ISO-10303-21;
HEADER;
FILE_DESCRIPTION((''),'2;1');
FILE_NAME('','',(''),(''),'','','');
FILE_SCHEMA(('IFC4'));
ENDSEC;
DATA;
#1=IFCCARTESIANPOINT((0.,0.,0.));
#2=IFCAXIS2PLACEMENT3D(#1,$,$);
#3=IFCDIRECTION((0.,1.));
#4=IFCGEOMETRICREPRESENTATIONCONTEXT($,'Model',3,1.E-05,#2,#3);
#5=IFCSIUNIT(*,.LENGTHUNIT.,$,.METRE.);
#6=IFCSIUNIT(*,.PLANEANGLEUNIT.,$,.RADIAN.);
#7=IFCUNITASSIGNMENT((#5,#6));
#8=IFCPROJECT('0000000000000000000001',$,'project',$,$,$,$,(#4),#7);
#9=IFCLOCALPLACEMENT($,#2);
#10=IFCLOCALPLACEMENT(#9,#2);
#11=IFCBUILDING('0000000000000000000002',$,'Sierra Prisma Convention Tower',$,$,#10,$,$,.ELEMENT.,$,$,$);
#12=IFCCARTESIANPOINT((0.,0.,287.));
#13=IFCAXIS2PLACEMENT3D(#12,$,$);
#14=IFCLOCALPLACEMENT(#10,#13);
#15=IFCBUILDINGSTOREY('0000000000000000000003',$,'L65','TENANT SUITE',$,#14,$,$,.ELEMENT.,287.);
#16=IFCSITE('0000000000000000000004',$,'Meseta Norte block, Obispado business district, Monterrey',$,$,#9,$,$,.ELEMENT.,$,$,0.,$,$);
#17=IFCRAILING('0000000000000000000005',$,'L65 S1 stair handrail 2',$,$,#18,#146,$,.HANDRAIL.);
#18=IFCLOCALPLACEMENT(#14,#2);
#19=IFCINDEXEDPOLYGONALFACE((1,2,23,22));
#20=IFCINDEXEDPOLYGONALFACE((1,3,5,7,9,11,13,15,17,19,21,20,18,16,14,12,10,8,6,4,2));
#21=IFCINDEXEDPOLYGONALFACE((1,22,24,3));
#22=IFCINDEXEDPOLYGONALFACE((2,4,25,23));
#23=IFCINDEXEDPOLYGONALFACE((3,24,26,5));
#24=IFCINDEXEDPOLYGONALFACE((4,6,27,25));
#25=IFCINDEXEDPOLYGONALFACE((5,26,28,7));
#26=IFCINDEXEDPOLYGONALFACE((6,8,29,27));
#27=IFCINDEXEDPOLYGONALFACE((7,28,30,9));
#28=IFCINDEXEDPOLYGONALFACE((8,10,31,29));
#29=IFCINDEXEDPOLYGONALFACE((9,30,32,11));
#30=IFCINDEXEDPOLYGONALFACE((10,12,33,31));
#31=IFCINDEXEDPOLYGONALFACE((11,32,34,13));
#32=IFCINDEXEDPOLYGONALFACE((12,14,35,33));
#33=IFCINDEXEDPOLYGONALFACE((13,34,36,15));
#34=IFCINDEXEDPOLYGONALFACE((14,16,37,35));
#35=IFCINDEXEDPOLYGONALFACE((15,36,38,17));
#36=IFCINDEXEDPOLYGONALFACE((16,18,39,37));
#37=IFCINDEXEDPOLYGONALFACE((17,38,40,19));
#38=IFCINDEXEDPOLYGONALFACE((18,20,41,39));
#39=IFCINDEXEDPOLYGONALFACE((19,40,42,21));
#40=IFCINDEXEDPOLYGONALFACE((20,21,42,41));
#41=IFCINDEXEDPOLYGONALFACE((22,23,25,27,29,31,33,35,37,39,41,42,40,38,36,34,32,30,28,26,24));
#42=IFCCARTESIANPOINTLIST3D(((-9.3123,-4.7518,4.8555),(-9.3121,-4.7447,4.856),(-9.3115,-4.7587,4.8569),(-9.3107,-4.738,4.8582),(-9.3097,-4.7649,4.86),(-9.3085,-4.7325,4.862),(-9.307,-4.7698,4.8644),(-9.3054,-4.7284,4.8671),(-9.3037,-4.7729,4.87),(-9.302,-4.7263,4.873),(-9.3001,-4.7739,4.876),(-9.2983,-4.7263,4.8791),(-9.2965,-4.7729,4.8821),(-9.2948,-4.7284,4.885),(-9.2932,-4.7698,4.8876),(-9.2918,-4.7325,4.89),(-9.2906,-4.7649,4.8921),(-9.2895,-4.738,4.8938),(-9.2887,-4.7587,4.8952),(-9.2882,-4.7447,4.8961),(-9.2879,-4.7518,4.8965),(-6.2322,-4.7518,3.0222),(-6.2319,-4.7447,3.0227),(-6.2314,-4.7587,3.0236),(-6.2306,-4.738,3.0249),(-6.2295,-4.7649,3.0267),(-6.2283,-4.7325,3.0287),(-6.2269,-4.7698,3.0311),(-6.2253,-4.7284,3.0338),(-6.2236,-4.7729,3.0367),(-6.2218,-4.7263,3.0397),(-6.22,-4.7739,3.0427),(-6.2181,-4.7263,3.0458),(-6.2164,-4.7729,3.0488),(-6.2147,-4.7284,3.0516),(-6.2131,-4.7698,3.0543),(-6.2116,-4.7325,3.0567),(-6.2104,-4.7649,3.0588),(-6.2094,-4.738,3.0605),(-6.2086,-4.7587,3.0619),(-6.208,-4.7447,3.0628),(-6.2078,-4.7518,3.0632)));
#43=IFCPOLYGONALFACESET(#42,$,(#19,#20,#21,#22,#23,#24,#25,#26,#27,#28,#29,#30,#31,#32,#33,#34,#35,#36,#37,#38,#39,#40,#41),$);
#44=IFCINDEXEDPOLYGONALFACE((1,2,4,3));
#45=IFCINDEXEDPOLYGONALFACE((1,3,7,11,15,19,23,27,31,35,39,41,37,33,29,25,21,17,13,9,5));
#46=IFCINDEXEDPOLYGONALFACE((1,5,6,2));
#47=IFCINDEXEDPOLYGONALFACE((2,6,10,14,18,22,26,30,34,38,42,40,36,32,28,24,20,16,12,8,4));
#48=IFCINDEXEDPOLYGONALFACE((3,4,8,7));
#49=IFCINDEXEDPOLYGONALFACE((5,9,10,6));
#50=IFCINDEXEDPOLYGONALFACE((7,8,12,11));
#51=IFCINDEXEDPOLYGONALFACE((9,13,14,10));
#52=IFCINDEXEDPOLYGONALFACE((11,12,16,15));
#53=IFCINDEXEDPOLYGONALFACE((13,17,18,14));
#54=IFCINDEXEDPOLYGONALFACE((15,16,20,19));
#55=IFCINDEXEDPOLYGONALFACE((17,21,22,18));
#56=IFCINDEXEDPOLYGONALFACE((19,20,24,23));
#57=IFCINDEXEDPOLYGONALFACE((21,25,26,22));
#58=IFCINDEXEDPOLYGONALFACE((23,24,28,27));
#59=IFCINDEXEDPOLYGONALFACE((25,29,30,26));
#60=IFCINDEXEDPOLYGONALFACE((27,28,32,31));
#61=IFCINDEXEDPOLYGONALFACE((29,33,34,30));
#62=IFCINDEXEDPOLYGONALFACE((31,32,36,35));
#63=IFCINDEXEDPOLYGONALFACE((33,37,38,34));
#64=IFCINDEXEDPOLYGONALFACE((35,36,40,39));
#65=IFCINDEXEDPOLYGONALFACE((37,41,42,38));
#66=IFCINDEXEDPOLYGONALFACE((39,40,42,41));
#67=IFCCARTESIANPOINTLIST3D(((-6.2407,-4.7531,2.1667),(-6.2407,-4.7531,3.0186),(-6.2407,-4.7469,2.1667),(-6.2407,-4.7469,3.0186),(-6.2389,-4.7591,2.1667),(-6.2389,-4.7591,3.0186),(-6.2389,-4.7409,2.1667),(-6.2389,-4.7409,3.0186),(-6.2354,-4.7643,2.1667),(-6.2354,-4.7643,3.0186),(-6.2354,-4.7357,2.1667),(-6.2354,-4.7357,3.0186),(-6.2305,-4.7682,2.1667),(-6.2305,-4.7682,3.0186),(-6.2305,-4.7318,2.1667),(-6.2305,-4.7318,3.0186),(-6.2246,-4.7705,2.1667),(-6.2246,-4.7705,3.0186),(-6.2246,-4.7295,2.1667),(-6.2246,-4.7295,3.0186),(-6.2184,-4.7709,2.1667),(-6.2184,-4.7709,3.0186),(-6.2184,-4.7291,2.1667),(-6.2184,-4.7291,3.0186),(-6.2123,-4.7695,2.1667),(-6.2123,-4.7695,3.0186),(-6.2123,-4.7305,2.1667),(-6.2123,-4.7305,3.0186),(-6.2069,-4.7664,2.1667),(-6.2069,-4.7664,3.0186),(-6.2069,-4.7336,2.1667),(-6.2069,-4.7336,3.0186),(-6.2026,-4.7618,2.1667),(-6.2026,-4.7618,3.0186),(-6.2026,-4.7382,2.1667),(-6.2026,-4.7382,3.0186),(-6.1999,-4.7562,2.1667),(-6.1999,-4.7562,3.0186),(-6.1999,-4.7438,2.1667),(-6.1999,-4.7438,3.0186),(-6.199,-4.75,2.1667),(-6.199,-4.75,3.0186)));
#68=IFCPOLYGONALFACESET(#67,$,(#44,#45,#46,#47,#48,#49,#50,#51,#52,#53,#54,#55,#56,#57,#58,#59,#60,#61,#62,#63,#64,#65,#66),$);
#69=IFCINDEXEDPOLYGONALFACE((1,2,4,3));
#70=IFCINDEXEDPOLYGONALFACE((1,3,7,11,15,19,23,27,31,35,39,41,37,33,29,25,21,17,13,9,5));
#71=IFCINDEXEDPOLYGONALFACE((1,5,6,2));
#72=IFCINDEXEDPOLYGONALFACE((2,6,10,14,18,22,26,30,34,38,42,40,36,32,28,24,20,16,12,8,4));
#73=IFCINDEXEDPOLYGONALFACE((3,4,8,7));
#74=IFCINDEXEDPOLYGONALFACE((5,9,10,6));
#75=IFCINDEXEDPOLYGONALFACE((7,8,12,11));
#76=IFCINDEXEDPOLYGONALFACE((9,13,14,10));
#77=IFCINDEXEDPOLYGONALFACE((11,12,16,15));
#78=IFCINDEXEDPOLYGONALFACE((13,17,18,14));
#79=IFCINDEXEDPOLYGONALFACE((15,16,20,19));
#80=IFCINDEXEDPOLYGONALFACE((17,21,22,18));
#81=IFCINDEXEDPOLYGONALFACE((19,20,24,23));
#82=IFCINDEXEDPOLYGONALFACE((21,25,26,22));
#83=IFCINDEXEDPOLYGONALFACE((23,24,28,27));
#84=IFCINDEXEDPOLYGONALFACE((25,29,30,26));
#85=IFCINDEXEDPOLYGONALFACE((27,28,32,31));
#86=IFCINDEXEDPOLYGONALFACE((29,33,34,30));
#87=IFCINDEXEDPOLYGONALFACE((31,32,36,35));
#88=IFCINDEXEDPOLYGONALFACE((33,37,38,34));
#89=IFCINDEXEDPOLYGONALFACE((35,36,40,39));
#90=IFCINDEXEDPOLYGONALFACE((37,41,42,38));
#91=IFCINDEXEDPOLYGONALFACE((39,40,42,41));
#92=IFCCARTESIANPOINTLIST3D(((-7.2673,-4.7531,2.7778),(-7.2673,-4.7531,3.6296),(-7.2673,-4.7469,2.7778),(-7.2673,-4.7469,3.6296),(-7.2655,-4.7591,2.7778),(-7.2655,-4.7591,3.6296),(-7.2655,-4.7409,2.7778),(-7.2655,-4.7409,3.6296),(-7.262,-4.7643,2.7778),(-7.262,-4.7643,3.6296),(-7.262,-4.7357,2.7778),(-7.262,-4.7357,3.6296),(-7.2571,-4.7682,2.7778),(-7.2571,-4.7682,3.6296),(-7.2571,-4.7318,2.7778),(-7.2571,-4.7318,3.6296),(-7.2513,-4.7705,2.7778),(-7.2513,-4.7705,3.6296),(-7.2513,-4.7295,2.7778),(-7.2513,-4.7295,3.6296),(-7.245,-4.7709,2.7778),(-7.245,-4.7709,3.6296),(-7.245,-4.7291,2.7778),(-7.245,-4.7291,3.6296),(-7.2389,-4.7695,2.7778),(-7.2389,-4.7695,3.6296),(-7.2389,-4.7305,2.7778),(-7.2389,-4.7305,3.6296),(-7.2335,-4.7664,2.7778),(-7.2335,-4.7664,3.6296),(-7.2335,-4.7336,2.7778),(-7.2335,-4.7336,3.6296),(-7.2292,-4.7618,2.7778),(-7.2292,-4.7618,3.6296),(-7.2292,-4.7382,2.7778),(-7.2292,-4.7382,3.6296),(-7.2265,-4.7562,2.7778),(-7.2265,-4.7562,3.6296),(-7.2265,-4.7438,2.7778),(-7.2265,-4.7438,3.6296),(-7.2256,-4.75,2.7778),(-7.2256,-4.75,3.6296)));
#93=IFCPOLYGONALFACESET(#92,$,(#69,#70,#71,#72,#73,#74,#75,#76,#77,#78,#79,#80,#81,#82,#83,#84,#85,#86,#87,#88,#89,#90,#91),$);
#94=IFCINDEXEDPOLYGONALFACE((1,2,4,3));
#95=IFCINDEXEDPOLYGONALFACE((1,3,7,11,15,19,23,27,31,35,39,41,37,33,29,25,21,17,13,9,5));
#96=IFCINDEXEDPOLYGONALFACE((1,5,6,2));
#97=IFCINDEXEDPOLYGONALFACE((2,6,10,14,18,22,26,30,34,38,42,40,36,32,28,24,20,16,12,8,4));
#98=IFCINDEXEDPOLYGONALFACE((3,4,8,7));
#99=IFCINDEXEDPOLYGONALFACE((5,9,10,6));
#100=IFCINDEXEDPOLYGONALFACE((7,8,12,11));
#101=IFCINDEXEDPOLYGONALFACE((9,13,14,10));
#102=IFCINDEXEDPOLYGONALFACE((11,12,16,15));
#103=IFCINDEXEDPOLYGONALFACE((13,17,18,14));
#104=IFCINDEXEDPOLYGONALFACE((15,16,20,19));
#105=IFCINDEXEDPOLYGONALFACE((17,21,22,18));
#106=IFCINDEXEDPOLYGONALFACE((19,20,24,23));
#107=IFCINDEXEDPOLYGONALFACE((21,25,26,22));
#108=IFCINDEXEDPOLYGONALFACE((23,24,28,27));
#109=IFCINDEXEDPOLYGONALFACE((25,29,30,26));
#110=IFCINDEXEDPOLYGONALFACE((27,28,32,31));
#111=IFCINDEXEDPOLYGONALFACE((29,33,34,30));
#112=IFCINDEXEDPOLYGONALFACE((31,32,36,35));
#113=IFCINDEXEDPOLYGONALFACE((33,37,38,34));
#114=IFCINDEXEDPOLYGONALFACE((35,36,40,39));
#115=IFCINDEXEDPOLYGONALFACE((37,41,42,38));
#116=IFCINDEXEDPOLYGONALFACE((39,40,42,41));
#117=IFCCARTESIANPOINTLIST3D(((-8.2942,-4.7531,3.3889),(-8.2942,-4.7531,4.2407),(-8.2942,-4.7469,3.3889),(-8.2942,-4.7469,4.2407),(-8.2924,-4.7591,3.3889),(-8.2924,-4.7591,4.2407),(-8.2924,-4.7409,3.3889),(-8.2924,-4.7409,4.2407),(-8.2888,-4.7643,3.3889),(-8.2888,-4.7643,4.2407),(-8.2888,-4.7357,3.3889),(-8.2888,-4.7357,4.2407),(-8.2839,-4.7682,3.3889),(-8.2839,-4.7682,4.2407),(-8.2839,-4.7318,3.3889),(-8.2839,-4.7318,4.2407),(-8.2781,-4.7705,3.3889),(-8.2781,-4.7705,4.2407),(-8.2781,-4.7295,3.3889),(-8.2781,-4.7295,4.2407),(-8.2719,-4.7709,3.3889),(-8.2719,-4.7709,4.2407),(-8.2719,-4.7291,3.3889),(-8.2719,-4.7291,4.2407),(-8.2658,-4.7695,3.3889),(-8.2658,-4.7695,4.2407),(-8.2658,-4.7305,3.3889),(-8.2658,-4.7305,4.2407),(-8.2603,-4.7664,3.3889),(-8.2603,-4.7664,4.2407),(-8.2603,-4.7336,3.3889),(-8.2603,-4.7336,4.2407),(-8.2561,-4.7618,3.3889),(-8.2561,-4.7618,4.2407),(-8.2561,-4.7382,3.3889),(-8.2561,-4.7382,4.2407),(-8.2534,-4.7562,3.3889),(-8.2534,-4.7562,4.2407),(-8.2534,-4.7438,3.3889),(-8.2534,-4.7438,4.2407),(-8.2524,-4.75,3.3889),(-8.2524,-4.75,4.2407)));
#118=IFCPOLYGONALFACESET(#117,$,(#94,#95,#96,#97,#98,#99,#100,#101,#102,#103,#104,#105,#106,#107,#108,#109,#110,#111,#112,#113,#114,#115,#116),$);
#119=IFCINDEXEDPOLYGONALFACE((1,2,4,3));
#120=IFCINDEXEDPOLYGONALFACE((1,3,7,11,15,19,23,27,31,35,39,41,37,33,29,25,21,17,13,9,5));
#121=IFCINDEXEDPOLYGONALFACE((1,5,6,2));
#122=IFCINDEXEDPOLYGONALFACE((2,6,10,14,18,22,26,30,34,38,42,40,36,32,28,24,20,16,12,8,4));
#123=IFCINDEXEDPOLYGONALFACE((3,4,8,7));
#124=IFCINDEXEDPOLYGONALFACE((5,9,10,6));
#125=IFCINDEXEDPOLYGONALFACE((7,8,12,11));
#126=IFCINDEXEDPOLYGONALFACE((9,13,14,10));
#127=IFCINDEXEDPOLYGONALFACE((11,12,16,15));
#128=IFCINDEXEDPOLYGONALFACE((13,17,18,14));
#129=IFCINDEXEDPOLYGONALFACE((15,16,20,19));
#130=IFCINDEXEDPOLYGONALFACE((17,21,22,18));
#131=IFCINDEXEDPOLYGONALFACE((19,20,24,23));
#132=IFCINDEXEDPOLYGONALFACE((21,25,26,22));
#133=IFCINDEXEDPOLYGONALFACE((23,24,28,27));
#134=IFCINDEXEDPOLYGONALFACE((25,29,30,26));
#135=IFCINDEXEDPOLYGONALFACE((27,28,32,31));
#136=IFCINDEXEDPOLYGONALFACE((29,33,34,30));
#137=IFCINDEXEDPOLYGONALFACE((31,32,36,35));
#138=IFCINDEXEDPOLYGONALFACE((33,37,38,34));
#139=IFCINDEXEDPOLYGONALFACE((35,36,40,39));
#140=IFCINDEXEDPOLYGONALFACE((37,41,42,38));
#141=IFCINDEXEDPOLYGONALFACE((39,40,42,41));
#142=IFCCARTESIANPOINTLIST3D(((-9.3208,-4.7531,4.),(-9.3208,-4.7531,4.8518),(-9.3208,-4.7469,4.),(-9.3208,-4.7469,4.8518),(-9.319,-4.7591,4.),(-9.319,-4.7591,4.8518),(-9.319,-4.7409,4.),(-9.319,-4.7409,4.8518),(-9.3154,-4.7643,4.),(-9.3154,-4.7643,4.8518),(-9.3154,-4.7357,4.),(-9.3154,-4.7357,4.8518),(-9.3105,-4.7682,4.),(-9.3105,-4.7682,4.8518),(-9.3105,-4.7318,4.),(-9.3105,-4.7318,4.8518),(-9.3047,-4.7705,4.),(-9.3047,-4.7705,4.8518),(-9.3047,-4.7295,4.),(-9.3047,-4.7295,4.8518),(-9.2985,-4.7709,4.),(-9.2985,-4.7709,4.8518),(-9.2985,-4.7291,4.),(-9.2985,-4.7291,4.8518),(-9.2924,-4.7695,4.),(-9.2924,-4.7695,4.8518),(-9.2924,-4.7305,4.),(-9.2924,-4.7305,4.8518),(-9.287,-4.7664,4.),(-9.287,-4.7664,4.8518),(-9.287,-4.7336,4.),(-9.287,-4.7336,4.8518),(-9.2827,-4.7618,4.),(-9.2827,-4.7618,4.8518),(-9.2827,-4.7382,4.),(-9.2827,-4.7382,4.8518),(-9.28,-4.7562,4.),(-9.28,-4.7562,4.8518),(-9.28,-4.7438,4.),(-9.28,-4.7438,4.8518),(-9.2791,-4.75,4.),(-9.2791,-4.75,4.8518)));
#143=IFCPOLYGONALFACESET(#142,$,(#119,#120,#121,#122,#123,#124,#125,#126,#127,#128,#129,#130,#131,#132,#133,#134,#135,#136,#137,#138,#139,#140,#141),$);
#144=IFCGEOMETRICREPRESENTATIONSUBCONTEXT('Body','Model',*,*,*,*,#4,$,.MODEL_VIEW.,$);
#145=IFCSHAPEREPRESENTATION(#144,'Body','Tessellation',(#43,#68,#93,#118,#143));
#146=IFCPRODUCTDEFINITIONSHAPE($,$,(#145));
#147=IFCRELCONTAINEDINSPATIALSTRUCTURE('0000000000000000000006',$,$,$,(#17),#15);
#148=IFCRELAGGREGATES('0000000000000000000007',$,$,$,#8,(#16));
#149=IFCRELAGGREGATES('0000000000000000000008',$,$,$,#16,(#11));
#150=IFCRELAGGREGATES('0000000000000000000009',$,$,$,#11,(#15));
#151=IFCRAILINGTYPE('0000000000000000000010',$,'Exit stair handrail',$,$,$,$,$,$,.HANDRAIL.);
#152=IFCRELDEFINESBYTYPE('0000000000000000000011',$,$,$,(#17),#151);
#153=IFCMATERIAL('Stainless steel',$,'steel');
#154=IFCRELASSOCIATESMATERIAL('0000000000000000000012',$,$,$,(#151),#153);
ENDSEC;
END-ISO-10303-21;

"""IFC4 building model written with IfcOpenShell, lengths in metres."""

from ifc_helpers import new_model, si_unit, direction, frame, origin, origin_2d, place, context, subcontext, project, spatial, circle, extrude, material, type_object, element, save


model = new_model("IFC4")

# Units and contexts
model_context = context("Model", 3, precision=1e-05, world=origin(), true_north=direction((0.0, 1.0)))
body_context = subcontext(model_context, "Body", "Model", "MODEL_VIEW")
ifc_project = project(units=[si_unit("LENGTHUNIT", "METRE"), si_unit("PLANEANGLEUNIT", "RADIAN")], contexts=[model_context])

# Site, building, storey
site_placement = place(None, origin())
site = spatial("IfcSite", under=ifc_project, at=site_placement, Name="Meseta Norte block, Obispado business district, Monterrey", CompositionType="ELEMENT", RefElevation=0.0)
building_placement = place(site_placement, origin())
building = spatial("IfcBuilding", under=site, at=building_placement, Name="Sierra Prisma Convention Tower", CompositionType="ELEMENT")
storey_placement = place(building_placement, frame((0.0, 0.0, 287.0)))
storey = spatial("IfcBuildingStorey", under=building, at=storey_placement, Name="L65", Description="TENANT SUITE", CompositionType="ELEMENT", Elevation=287.0)

# Railing
ifc_material_1 = material(Name="Stainless steel", Category="steel")
railing_type_1 = type_object("IfcRailingType", Name="Exit stair handrail", PredefinedType="HANDRAIL", material=ifc_material_1)
railing_1_placement = place(storey_placement, frame((-6.22, -4.75, 2.1667)))
element("IfcRailing", 1, at=railing_1_placement, inside=storey, type_object=railing_type_1, Name="L65 S1 stair handrail 2", PredefinedType="HANDRAIL", context=body_context, shape_type="SweptSolid", body=[
    extrude(circle(Radius=0.0239, at=origin_2d()), frame((0.0, 0.0, 0.876), z_axis=(-0.859309, 0.0, 0.511458), x_axis=(0.0, -1.0, 0.0)), (0.0, 0.0, 1.0), 3.5845),
    extrude(circle(Radius=0.021, at=origin_2d()), origin(), (0.0, 0.0, 1.0), 0.8518),
    extrude(circle(Radius=0.021, at=origin_2d()), frame((-1.0266, 0.0, 0.6111)), (0.0, 0.0, 1.0), 0.8518),
    extrude(circle(Radius=0.021, at=origin_2d()), frame((-2.0535, 0.0, 1.2222)), (0.0, 0.0, 1.0), 0.8518),
    extrude(circle(Radius=0.021, at=origin_2d()), frame((-3.0801, 0.0, 1.8333)), (0.0, 0.0, 1.0), 0.8518),
])

save(model, "model.ifc")
